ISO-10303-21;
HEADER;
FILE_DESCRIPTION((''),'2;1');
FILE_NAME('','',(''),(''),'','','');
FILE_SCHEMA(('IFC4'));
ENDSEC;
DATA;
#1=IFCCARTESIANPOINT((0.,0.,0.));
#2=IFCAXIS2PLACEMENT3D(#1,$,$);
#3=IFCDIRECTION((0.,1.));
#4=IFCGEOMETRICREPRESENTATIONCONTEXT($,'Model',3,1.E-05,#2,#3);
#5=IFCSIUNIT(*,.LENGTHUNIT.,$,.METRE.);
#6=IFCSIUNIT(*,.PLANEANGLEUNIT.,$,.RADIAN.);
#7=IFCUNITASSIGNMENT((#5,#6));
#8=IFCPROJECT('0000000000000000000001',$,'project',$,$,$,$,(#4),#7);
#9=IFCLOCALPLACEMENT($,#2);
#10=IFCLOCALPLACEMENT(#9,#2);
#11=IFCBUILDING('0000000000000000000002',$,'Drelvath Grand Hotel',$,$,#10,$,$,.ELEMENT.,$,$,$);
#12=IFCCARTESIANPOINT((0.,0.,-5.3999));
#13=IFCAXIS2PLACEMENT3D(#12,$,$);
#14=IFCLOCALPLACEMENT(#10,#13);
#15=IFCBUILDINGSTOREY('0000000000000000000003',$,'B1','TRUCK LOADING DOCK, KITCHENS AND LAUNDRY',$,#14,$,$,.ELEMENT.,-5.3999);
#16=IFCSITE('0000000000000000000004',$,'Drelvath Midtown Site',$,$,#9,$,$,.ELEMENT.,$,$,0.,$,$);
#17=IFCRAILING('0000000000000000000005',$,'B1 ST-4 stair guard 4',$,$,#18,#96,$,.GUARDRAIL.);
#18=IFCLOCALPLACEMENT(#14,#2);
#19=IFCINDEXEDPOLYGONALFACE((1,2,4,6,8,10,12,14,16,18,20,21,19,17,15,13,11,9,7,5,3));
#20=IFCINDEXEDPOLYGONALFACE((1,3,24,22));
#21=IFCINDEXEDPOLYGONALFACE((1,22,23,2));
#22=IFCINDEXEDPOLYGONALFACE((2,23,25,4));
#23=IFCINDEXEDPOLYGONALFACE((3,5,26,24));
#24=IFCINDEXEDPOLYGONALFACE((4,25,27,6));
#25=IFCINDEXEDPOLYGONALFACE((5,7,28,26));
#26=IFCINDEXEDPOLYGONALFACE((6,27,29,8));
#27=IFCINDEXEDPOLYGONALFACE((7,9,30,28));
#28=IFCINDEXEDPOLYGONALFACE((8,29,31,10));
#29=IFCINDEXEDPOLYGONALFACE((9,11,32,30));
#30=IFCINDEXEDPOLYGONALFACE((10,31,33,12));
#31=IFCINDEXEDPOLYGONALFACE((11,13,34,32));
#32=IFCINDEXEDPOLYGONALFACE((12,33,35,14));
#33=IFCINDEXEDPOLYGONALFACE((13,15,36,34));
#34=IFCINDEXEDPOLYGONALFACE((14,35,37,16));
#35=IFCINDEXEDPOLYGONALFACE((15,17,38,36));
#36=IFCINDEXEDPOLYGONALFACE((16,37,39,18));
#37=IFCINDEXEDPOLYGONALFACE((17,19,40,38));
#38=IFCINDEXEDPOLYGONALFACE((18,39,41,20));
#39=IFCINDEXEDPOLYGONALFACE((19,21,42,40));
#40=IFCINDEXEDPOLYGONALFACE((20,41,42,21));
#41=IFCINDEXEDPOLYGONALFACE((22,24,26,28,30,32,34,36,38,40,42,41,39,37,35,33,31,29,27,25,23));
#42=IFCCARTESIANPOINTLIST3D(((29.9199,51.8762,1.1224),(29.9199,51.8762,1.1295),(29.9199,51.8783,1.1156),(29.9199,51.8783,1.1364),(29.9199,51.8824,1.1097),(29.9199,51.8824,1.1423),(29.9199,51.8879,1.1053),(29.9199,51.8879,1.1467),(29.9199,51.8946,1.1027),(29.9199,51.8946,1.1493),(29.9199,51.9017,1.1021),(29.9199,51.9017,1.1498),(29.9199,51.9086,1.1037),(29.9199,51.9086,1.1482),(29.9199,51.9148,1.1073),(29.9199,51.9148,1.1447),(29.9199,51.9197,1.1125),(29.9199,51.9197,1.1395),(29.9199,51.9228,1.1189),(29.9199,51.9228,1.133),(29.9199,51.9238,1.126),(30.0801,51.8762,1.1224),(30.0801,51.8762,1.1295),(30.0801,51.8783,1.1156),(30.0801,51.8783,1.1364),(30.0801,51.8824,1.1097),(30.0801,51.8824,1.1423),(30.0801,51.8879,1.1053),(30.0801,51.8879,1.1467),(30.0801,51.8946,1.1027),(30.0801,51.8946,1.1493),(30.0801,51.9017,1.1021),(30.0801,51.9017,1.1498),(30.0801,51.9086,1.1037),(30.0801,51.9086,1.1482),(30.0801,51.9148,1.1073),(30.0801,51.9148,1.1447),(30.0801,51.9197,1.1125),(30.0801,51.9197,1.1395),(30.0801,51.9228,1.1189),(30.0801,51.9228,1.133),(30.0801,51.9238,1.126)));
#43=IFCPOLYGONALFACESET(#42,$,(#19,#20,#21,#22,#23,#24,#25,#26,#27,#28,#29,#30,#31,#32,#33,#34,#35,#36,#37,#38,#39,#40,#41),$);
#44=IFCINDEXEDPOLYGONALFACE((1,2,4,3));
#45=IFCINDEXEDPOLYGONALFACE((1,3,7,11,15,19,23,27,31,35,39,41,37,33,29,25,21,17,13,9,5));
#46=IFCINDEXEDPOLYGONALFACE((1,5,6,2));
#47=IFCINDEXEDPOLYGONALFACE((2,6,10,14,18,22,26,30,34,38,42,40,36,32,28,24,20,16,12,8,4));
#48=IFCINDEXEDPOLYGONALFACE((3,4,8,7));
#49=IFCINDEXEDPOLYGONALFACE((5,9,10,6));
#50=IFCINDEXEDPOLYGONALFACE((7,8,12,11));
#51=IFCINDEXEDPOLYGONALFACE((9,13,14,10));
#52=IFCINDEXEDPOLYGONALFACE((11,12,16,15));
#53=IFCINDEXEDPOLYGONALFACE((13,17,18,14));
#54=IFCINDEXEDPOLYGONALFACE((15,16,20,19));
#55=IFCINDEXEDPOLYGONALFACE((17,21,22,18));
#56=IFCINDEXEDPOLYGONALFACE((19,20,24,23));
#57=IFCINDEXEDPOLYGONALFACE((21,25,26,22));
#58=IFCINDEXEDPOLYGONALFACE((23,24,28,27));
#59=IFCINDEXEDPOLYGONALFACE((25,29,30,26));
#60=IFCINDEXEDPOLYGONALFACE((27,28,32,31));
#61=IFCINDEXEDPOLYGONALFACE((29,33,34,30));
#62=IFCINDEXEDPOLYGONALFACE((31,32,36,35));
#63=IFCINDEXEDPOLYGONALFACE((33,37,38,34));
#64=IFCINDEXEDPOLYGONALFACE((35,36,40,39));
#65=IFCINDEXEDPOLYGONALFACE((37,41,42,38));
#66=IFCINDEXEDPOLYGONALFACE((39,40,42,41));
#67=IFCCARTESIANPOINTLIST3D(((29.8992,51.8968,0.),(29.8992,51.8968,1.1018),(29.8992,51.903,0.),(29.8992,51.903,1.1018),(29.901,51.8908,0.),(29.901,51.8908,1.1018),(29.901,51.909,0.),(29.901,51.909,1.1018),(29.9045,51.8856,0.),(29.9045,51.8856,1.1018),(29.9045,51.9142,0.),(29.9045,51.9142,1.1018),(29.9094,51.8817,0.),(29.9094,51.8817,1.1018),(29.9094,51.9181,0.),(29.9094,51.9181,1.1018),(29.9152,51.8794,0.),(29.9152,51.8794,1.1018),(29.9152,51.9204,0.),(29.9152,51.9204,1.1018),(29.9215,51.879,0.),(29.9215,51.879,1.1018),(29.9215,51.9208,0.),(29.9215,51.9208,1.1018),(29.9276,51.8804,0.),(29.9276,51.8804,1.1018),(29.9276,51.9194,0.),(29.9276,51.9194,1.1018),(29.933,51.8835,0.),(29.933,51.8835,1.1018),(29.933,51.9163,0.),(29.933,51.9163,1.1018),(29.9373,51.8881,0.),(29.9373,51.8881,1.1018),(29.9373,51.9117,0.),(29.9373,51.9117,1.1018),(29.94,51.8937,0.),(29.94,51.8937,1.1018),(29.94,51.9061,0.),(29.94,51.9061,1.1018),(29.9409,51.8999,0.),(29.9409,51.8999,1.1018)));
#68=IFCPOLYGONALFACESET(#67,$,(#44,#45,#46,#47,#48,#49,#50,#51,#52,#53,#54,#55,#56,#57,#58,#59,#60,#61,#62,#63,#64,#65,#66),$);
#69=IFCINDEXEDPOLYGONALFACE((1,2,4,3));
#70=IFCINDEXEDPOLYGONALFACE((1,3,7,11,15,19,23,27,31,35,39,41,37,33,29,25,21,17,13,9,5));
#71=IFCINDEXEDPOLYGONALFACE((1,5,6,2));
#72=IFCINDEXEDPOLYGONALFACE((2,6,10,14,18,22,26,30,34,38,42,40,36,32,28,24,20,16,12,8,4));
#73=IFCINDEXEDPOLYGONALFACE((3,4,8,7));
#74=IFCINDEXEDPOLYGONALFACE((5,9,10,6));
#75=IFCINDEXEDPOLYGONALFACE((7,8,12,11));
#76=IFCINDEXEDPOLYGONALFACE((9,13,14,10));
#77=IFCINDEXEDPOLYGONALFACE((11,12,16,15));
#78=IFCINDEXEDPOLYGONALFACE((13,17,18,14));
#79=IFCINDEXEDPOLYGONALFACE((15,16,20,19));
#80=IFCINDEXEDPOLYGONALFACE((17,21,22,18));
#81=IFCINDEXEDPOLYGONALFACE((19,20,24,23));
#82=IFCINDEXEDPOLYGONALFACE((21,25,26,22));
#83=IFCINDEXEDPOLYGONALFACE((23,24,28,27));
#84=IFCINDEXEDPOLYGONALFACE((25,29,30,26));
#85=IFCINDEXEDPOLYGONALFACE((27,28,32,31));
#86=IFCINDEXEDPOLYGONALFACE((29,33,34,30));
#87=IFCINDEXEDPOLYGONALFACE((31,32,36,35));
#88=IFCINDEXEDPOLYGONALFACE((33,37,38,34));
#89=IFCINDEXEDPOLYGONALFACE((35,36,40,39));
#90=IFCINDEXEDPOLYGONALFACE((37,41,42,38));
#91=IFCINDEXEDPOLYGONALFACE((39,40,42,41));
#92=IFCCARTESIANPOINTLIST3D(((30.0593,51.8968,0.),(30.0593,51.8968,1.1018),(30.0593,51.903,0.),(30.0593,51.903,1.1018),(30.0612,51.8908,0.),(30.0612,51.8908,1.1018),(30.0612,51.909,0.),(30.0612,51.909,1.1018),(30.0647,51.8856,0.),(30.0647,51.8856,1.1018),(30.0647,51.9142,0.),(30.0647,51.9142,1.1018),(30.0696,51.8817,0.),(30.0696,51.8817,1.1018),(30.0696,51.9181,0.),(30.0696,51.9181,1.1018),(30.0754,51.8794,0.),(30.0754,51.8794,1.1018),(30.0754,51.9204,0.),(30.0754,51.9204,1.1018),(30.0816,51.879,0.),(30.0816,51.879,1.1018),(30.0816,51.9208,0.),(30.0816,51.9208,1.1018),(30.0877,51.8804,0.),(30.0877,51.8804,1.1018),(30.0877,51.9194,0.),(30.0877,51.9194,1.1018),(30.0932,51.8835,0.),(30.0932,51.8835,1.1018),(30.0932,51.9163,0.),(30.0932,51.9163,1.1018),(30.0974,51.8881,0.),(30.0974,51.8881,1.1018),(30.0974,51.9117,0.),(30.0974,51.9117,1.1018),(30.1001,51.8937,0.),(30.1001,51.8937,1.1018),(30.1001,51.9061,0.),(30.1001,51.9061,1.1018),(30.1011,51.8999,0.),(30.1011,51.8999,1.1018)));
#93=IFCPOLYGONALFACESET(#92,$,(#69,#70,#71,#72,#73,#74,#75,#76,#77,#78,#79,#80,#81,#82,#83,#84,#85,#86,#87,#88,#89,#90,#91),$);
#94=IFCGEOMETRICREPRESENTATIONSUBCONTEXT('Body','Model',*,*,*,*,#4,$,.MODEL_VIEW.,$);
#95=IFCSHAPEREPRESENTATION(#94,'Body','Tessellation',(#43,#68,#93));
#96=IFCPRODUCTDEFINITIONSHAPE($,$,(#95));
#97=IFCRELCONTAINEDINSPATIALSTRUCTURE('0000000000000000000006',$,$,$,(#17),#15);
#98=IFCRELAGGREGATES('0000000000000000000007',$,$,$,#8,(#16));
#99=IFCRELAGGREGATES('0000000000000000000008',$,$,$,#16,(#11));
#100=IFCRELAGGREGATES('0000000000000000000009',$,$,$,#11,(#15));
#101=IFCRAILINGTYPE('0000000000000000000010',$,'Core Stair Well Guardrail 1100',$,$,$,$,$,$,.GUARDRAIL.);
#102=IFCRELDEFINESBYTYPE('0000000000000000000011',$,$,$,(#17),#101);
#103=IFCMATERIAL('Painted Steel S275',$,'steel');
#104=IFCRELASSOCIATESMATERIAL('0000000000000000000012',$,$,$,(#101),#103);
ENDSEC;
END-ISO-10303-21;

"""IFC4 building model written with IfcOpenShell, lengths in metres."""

from ifc_helpers import new_model, si_unit, direction, frame, origin, origin_2d, place, context, subcontext, project, spatial, circle, extrude, material, type_object, element, save


model = new_model("IFC4")

# Units and contexts
model_context = context("Model", 3, precision=1e-05, world=origin(), true_north=direction((0.0, 1.0)))
body_context = subcontext(model_context, "Body", "Model", "MODEL_VIEW")
ifc_project = project(units=[si_unit("LENGTHUNIT", "METRE"), si_unit("PLANEANGLEUNIT", "RADIAN")], contexts=[model_context])

# Site, building, storey
site_placement = place(None, origin())
site = spatial("IfcSite", under=ifc_project, at=site_placement, Name="Drelvath Midtown Site", CompositionType="ELEMENT", RefElevation=0.0)
building_placement = place(site_placement, origin())
building = spatial("IfcBuilding", under=site, at=building_placement, Name="Drelvath Grand Hotel", CompositionType="ELEMENT")
storey_placement = place(building_placement, frame((0.0, 0.0, -5.3999)))
storey = spatial("IfcBuildingStorey", under=building, at=storey_placement, Name="B1", Description="TRUCK LOADING DOCK, KITCHENS AND LAUNDRY", CompositionType="ELEMENT", Elevation=-5.3999)

# Shared definitions
ifc_material_1 = material(Name="Painted Steel S275", Category="steel")

# Railing
railing_type_1 = type_object("IfcRailingType", Name="Core Stair Well Guardrail 1100", PredefinedType="GUARDRAIL", material=ifc_material_1)
railing_1_placement = place(storey_placement, frame((29.9199, 51.8999, 0.0)))
element("IfcRailing", 1, at=railing_1_placement, inside=storey, type_object=railing_type_1, Name="B1 ST-4 stair guard 4", PredefinedType="GUARDRAIL", context=body_context, shape_type="SweptSolid", body=[
    extrude(circle(Radius=0.0239, at=origin_2d()), frame((0.0, 0.0, 1.126), z_axis=(1.0, 0.0, 0.0), x_axis=(0.0, 1.0, 0.0)), (0.0, 0.0, 1.0), 0.1602),
    extrude(circle(Radius=0.021, at=origin_2d()), origin(), (0.0, 0.0, 1.0), 1.1018),
    extrude(circle(Radius=0.021, at=origin_2d()), frame((0.1602, 0.0, 0.0)), (0.0, 0.0, 1.0), 1.1018),
])

save(model, "model.ifc")
